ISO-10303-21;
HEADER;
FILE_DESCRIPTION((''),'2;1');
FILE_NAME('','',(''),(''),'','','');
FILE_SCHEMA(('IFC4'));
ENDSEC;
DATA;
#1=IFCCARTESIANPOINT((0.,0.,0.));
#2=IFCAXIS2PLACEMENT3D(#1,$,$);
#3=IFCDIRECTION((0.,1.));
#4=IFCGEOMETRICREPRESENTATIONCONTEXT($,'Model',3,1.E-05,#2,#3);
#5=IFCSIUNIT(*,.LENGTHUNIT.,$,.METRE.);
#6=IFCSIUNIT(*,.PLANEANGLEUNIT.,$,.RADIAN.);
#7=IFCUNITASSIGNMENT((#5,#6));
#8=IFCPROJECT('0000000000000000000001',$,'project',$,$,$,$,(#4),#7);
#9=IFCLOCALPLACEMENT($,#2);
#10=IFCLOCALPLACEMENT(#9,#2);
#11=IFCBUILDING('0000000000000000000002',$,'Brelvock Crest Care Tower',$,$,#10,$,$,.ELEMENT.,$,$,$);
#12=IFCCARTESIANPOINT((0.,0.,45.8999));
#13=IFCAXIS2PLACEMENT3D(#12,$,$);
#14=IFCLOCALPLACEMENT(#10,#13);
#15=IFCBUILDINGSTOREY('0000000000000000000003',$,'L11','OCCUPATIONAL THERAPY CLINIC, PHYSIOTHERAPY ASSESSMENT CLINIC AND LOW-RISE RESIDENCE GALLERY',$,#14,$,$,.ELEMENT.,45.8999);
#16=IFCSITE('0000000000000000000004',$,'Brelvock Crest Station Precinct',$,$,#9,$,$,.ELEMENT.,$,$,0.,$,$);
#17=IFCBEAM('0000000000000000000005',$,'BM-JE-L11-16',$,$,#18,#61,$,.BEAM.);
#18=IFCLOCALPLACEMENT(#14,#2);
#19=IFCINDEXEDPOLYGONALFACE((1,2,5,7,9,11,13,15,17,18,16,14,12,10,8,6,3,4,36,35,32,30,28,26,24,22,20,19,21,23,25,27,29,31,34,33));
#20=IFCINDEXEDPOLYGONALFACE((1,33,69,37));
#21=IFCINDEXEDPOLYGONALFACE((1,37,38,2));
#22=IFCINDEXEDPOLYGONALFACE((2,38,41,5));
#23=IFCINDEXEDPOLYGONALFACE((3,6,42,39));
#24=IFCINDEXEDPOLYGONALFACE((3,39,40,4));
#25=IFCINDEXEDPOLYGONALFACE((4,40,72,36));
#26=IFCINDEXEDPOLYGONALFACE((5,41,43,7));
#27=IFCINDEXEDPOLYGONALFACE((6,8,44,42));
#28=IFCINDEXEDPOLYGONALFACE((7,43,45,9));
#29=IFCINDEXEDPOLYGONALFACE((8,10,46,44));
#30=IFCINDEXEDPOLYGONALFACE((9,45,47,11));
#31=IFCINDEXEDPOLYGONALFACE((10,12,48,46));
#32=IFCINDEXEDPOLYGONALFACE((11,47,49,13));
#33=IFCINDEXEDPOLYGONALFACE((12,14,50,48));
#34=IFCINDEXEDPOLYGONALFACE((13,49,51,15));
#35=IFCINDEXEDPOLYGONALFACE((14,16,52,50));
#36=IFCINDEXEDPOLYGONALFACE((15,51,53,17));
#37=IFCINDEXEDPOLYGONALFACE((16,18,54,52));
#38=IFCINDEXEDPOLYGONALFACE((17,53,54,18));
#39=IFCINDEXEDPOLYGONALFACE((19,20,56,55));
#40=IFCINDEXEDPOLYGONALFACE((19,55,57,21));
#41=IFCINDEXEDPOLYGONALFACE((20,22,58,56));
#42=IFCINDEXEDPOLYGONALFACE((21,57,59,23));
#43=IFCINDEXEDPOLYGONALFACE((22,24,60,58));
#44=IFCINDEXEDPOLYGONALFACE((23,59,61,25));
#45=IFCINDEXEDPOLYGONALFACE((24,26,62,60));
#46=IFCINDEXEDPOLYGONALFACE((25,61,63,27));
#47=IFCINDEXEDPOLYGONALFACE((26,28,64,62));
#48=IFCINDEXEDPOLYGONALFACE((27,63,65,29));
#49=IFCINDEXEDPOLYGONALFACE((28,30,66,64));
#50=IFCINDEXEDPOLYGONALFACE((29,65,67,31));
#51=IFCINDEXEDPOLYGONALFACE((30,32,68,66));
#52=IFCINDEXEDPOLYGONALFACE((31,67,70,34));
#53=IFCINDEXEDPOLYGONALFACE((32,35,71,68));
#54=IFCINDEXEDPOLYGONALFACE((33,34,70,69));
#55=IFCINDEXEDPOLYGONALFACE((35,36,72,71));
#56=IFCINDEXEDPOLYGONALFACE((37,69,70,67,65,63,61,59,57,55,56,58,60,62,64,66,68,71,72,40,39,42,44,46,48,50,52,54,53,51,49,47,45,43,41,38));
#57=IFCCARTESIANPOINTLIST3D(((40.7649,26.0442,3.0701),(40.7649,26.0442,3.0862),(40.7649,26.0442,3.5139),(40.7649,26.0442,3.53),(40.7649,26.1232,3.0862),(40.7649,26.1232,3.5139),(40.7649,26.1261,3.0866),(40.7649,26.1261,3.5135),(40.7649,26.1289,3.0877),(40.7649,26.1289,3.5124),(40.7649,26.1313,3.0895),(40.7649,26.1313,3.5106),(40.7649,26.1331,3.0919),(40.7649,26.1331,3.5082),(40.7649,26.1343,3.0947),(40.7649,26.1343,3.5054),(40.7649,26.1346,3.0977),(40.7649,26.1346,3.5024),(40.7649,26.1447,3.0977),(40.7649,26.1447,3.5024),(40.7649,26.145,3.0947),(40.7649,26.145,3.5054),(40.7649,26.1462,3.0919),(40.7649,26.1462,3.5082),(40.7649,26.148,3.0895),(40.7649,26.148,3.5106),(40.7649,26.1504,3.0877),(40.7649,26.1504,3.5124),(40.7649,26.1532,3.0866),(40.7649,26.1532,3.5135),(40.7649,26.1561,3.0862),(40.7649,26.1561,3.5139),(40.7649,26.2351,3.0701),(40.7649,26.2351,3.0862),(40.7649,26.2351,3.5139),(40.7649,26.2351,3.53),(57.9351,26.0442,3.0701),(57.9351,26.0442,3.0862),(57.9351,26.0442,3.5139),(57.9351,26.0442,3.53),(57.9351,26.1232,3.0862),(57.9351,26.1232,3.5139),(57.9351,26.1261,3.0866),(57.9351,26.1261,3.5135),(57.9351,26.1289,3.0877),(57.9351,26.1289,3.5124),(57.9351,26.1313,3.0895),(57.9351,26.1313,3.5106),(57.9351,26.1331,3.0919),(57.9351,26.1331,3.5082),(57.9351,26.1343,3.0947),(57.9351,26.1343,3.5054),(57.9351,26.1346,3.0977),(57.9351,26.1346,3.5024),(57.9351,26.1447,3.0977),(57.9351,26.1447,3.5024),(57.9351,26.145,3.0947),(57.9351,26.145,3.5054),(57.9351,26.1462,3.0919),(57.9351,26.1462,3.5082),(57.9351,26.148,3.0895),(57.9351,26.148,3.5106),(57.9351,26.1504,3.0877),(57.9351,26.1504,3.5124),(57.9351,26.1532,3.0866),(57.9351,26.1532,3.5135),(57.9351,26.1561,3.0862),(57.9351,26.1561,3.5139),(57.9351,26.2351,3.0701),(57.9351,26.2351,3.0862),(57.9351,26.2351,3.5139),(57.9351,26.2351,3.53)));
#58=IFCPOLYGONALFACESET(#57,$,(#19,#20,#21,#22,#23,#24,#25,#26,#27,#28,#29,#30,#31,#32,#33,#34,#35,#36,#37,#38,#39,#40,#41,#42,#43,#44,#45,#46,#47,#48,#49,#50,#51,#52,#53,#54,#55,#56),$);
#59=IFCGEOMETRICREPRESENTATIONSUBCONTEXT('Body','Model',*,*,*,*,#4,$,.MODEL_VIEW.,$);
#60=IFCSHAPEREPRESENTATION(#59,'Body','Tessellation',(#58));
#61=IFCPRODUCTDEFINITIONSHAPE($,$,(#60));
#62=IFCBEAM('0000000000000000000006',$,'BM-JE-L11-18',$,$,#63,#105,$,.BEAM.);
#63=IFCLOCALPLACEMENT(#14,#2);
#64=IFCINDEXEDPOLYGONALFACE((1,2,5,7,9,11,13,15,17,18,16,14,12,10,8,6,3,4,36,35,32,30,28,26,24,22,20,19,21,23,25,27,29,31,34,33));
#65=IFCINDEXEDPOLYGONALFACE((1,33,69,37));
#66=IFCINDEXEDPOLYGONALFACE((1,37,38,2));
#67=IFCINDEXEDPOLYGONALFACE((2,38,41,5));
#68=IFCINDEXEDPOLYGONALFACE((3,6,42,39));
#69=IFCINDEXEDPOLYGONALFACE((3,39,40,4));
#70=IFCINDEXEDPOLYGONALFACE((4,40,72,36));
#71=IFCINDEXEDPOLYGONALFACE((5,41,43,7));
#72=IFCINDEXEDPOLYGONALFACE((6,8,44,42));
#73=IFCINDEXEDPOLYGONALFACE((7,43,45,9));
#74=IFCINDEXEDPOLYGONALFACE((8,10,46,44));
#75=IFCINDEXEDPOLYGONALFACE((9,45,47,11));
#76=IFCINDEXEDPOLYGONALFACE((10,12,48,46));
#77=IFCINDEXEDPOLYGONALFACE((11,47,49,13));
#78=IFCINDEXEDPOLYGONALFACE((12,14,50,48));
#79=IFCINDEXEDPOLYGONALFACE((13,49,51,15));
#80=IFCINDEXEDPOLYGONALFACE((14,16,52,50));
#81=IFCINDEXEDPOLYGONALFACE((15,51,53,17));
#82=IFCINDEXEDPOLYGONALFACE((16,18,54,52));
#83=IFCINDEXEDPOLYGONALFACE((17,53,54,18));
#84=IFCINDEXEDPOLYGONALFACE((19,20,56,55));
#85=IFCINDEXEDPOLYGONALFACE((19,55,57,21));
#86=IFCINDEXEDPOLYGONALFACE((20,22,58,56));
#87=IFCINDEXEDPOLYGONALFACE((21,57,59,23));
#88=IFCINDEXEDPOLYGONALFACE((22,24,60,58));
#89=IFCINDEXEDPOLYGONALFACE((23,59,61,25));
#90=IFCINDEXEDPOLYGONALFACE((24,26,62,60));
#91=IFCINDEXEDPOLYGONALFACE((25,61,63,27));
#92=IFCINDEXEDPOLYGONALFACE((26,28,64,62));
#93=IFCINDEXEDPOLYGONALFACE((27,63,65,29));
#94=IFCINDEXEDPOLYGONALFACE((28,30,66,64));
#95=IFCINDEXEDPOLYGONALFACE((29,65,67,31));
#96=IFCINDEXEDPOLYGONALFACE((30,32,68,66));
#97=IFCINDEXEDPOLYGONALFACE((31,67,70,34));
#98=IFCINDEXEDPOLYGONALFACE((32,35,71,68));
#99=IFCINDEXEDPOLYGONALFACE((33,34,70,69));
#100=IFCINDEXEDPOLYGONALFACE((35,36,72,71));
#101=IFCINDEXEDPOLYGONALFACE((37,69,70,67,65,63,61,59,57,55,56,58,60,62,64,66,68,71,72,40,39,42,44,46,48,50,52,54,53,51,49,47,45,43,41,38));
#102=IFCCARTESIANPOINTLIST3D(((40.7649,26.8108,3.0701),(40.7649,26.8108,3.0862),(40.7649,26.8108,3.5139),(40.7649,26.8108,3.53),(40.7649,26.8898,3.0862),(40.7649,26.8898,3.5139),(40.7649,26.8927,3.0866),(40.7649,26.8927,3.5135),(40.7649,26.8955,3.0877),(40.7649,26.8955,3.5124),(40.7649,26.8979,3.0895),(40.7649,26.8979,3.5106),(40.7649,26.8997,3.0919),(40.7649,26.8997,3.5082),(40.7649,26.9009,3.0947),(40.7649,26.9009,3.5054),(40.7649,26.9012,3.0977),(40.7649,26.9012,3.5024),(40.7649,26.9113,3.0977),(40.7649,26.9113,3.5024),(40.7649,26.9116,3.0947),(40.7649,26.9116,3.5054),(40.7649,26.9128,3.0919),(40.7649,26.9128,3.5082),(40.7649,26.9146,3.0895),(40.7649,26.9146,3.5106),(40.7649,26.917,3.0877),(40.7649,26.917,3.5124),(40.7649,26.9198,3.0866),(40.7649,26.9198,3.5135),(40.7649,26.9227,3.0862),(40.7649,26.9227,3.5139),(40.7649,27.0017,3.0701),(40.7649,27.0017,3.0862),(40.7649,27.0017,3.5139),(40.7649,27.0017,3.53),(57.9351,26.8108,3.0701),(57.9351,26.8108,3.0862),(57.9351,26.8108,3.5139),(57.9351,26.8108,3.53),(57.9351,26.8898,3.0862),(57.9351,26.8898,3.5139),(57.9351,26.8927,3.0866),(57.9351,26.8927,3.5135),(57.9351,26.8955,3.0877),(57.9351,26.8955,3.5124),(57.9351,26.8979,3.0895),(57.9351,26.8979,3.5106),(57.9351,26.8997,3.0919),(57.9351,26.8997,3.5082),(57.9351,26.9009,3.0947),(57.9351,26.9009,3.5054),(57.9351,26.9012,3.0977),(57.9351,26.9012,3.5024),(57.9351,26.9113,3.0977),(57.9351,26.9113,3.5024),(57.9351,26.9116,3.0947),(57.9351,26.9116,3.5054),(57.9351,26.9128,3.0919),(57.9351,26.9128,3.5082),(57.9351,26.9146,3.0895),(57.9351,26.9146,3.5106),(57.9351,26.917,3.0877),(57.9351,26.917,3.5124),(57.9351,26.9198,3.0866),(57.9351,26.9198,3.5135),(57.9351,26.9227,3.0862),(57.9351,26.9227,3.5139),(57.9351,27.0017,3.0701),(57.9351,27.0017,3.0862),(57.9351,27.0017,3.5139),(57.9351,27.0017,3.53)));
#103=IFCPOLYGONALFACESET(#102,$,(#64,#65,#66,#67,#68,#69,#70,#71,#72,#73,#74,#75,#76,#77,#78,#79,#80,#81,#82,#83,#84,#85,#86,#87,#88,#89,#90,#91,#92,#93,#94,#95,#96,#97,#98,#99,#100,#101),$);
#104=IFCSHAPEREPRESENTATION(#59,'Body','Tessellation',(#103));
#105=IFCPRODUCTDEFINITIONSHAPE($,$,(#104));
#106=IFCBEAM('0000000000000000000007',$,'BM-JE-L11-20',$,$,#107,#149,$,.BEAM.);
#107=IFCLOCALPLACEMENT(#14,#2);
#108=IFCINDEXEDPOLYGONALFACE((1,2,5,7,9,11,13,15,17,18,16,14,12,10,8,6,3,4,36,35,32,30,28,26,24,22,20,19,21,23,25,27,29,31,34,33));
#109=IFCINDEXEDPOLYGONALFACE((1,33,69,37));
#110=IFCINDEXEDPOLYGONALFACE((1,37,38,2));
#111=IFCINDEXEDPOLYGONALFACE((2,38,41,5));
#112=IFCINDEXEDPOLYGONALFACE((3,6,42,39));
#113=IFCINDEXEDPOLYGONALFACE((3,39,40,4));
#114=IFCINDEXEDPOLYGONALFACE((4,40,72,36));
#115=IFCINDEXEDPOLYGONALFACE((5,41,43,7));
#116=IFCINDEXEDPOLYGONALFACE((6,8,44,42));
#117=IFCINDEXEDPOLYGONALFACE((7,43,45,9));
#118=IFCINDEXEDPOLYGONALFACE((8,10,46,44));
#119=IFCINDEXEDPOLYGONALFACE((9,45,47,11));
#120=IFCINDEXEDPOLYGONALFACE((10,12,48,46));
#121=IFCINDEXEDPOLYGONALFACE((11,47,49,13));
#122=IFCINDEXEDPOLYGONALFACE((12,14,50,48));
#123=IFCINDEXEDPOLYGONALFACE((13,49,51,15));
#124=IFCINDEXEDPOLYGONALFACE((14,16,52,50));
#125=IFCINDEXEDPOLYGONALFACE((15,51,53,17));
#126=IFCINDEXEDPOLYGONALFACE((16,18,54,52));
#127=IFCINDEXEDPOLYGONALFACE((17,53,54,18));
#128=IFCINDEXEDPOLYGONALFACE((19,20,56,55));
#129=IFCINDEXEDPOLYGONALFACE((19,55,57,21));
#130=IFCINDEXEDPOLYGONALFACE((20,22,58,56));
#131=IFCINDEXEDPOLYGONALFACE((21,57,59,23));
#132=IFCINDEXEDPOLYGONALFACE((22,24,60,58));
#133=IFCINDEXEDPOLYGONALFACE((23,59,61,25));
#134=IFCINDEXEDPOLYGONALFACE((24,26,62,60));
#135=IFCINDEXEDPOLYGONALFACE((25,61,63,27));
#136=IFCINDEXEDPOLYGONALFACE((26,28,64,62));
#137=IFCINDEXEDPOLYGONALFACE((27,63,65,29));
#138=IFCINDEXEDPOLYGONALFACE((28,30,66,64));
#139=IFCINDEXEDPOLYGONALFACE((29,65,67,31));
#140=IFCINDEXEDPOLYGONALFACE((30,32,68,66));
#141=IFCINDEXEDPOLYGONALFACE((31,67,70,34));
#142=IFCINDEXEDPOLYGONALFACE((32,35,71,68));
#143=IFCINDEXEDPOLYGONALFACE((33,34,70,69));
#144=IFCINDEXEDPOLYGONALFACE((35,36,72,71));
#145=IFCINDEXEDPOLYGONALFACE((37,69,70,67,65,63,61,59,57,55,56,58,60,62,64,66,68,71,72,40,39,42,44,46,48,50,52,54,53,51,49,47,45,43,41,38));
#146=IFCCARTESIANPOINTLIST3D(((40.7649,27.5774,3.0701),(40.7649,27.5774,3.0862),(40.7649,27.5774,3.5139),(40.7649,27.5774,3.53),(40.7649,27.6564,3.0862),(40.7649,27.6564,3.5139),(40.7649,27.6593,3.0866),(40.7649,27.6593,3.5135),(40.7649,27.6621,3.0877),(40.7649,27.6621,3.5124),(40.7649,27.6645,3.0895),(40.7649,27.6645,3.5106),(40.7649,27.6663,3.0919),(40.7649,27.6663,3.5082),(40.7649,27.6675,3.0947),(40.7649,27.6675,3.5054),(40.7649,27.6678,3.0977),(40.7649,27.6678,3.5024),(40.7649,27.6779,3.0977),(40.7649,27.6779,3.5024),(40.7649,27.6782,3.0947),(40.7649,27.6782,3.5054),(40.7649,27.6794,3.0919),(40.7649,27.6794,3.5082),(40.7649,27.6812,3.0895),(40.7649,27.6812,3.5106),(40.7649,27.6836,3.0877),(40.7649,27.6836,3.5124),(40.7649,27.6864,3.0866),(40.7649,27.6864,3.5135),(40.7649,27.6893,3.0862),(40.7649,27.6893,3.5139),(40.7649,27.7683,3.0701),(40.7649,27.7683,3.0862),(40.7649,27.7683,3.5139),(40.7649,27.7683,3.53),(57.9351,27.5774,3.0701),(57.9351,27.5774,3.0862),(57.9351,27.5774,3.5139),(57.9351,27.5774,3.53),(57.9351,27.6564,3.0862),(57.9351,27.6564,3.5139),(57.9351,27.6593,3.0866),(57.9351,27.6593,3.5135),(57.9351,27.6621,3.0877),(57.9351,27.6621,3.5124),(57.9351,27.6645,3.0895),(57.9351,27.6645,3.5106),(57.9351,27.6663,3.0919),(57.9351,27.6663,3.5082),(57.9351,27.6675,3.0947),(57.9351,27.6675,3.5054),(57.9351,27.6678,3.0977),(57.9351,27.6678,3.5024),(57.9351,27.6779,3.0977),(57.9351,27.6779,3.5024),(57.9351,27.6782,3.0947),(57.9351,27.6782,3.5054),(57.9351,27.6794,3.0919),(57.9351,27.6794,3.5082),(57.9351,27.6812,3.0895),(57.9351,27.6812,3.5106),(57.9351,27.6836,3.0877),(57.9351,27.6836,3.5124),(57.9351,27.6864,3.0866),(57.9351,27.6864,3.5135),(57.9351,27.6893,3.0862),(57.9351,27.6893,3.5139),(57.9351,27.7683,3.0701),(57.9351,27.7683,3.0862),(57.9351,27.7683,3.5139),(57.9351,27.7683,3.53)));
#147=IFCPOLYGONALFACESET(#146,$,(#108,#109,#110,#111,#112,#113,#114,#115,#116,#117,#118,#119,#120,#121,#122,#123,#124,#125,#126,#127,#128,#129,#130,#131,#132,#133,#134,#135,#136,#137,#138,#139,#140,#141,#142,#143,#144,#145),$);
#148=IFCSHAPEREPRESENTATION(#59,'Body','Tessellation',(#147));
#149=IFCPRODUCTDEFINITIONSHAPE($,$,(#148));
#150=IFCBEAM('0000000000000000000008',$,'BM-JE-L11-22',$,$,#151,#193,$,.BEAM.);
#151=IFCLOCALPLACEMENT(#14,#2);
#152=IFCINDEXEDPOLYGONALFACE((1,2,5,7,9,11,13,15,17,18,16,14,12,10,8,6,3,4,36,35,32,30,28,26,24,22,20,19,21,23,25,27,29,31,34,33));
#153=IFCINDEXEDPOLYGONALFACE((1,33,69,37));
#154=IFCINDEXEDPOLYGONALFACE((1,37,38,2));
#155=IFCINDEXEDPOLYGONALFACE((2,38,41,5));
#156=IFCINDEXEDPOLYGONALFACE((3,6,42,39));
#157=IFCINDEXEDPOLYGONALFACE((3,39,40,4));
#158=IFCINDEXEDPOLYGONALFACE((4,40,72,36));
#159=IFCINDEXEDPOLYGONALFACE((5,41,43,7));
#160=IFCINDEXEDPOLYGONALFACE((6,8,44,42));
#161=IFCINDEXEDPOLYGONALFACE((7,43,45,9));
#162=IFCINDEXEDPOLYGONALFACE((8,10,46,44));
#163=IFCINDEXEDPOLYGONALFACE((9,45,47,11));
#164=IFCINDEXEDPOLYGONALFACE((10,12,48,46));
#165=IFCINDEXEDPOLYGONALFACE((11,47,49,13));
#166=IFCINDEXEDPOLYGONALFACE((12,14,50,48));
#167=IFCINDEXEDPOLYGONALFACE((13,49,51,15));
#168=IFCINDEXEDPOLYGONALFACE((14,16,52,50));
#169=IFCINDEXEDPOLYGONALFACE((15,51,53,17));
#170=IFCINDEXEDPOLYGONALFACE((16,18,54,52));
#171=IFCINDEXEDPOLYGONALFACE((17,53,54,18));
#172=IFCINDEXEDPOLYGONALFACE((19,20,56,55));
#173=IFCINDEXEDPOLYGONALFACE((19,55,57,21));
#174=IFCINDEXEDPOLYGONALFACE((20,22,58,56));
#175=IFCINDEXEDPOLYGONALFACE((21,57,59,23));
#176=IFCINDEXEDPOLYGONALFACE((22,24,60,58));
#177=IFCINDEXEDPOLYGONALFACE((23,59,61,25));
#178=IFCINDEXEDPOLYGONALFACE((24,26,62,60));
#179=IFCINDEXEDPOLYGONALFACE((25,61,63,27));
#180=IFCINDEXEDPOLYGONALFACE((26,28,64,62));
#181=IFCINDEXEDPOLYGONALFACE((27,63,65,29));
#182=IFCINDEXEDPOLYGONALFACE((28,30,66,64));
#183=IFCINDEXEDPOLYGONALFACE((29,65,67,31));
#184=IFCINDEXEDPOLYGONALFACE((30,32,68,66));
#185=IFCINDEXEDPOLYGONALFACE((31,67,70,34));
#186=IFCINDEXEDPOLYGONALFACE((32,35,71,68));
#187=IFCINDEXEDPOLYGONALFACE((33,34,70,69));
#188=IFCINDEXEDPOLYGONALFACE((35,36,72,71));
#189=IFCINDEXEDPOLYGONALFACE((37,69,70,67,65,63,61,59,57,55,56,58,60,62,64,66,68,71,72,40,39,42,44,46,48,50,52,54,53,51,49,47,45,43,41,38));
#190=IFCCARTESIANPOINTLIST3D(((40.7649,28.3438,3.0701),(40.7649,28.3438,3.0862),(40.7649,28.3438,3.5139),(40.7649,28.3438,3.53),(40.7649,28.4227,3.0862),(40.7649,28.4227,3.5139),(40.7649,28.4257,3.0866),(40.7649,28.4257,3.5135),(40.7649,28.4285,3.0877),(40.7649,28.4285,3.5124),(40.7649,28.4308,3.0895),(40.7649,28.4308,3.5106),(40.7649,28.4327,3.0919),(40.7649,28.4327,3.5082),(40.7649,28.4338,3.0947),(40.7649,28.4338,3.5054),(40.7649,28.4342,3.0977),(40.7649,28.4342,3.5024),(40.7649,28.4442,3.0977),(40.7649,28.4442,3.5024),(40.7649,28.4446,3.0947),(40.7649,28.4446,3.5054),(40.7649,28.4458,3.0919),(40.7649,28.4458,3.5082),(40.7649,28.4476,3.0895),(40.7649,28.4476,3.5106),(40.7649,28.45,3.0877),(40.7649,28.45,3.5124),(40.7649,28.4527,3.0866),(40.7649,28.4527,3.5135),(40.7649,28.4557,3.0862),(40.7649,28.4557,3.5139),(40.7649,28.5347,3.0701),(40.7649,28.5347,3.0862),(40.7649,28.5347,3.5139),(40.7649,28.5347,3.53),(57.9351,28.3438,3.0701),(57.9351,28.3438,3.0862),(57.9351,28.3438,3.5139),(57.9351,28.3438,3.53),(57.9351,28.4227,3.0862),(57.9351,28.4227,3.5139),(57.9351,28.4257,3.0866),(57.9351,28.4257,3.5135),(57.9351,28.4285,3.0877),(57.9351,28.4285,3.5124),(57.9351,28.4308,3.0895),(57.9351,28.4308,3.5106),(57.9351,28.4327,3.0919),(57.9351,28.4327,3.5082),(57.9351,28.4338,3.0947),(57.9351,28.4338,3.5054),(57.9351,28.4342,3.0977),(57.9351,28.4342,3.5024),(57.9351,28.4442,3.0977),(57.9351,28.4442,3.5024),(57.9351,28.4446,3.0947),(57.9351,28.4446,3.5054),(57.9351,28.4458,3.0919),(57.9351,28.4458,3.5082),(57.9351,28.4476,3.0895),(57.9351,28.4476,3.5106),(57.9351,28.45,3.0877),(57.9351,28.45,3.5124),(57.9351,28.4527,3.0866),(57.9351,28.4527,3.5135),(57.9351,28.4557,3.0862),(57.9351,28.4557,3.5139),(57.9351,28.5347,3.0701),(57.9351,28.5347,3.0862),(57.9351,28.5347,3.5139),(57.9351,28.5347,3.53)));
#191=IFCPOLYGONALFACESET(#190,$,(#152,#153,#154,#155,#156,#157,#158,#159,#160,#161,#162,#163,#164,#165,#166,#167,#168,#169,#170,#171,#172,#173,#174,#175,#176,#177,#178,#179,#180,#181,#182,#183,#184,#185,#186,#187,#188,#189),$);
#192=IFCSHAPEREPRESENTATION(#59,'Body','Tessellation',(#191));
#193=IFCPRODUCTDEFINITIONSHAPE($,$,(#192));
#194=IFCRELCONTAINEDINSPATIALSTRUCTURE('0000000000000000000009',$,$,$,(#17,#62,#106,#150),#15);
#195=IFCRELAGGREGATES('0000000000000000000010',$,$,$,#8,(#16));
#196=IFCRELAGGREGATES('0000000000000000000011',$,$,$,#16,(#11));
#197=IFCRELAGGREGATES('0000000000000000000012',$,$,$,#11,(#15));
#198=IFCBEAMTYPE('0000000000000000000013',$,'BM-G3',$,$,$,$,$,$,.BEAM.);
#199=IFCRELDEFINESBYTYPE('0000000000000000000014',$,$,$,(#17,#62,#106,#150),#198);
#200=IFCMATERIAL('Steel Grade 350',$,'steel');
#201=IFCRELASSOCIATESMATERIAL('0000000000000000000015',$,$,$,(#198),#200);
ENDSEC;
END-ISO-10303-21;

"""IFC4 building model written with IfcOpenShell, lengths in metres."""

from ifc_helpers import new_model, si_unit, direction, frame, origin, origin_2d, place, context, subcontext, project, spatial, i_section, extrude, source, transform, mapped, material, material_profile, profile_set, type_object, element, save


model = new_model("IFC4")

# Units and contexts
model_context = context("Model", 3, precision=1e-05, world=origin(), true_north=direction((0.0, 1.0)))
body_context = subcontext(model_context, "Body", "Model", "MODEL_VIEW")
ifc_project = project(units=[si_unit("LENGTHUNIT", "METRE"), si_unit("PLANEANGLEUNIT", "RADIAN")], contexts=[model_context])

# Site, building, storey
site_placement = place(None, origin())
site = spatial("IfcSite", under=ifc_project, at=site_placement, Name="Brelvock Crest Station Precinct", CompositionType="ELEMENT", RefElevation=0.0)
building_placement = place(site_placement, origin())
building = spatial("IfcBuilding", under=site, at=building_placement, Name="Brelvock Crest Care Tower", CompositionType="ELEMENT")
storey_placement = place(building_placement, frame((0.0, 0.0, 45.8999)))
storey = spatial("IfcBuildingStorey", under=building, at=storey_placement, Name="L11", Description="OCCUPATIONAL THERAPY CLINIC, PHYSIOTHERAPY ASSESSMENT CLINIC AND LOW-RISE RESIDENCE GALLERY", CompositionType="ELEMENT", Elevation=45.8999)

# Shared definitions
ifc_material_1 = material(Name="Steel Grade 350", Category="steel")

# Beams
ifc_material_profile_1 = material_profile(ifc_material_1, i_section(OverallWidth=0.1909, OverallDepth=0.46, WebThickness=0.01, FlangeThickness=0.0161, FilletRadius=0.0115, at=origin_2d()), Name="460UB82.1")
ifc_profile_set_1 = profile_set([ifc_material_profile_1], Name="Steel Grade 350")
beam_type_1 = type_object("IfcBeamType", Name="BM-G3", PredefinedType="BEAM", material=ifc_profile_set_1)
shared_shape_1 = source(origin(), body_context, "Body", "SweptSolid", [
    extrude(i_section(OverallWidth=0.1909, OverallDepth=0.46, WebThickness=0.01, FlangeThickness=0.0161, FilletRadius=0.0115, at=origin_2d()), origin(), (0.0, 0.0, 1.0), 17.1702),
])
for number, where, z_axis, x_axis, name in (
    (1, (40.7649, 26.1396, 3.3), (1.0, 0.0, 0.0), (0.0, 1.0, 0.0), "BM-JE-L11-16"),
    (2, (40.7649, 26.9062, 3.3), (1.0, 0.0, 0.0), (0.0, 1.0, 0.0), "BM-JE-L11-18"),
    (3, (40.7649, 27.6729, 3.3), (1.0, 0.0, 0.0), (0.0, 1.0, 0.0), "BM-JE-L11-20"),
    (4, (40.7649, 28.4392, 3.3), (1.0, 0.0, 0.0), (0.0, 1.0, 0.0), "BM-JE-L11-22"),
):
    element("IfcBeam", number, at=place(storey_placement, frame(where, z_axis=z_axis, x_axis=x_axis)), inside=storey, type_object=beam_type_1, Name=name, PredefinedType="BEAM", context=body_context, shape_type="MappedRepresentation", body=[
        mapped(shared_shape_1, transform((0.0, 0.0, 0.0), x_axis=(1.0, 0.0, 0.0), y_axis=(0.0, 1.0, 0.0), z_axis=(0.0, 0.0, 1.0), scale=1.0)),
    ])

save(model, "model.ifc")
